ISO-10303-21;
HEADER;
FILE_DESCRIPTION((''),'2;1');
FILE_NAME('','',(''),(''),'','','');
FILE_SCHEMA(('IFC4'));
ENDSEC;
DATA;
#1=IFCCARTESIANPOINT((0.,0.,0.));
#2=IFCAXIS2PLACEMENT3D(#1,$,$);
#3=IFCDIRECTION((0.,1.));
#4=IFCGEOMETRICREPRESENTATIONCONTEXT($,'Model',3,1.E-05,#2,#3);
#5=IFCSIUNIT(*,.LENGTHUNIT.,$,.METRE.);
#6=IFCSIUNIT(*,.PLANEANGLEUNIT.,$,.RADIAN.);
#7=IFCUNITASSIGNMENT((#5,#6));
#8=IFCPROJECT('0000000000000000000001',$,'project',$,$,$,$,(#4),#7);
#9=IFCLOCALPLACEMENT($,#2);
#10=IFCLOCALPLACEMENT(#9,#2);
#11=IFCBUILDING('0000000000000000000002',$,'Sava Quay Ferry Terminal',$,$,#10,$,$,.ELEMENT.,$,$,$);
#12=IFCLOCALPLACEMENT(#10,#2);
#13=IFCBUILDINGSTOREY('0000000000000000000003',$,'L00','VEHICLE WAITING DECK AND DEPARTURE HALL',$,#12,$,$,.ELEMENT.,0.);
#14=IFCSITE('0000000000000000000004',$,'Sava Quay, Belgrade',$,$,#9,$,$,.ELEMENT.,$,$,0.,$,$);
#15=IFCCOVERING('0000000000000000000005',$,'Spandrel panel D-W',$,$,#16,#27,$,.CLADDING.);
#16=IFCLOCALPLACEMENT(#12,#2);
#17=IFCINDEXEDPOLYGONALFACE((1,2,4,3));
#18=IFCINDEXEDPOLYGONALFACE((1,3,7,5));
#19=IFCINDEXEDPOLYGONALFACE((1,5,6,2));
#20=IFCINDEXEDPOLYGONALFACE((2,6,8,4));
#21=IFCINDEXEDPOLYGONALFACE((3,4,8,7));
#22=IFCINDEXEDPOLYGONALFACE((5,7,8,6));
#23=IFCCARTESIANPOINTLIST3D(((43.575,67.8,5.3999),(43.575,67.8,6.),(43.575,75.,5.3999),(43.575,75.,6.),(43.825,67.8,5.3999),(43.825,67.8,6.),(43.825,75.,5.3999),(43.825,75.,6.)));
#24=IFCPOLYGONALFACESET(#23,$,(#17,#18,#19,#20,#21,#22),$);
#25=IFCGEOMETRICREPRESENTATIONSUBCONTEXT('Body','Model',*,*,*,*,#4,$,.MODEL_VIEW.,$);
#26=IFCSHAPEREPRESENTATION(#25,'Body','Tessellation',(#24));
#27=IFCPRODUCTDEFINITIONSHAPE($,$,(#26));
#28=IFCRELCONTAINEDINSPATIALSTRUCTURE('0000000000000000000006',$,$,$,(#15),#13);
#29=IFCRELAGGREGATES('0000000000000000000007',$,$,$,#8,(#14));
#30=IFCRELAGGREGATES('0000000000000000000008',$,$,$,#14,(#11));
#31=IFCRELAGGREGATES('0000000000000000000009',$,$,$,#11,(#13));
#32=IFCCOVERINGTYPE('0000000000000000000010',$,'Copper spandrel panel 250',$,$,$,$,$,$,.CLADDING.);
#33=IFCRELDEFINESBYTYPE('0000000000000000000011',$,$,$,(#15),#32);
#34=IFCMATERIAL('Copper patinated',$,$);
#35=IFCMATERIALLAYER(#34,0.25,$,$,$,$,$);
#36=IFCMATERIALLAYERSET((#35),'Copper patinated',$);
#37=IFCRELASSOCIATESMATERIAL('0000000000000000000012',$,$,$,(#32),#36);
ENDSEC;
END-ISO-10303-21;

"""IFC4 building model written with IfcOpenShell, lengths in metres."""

from ifc_helpers import new_model, si_unit, direction, frame, origin, place, context, subcontext, project, spatial, polyline, outline, extrude, material, layer, layer_set, type_object, element, save


model = new_model("IFC4")

# Units and contexts
model_context = context("Model", 3, precision=1e-05, world=origin(), true_north=direction((0.0, 1.0)))
body_context = subcontext(model_context, "Body", "Model", "MODEL_VIEW")
ifc_project = project(units=[si_unit("LENGTHUNIT", "METRE"), si_unit("PLANEANGLEUNIT", "RADIAN")], contexts=[model_context])

# Site, building, storey
site_placement = place(None, origin())
site = spatial("IfcSite", under=ifc_project, at=site_placement, Name="Sava Quay, Belgrade", CompositionType="ELEMENT", RefElevation=0.0)
building_placement = place(site_placement, origin())
building = spatial("IfcBuilding", under=site, at=building_placement, Name="Sava Quay Ferry Terminal", CompositionType="ELEMENT")
storey_placement = place(building_placement, origin())
storey = spatial("IfcBuildingStorey", under=building, at=storey_placement, Name="L00", Description="VEHICLE WAITING DECK AND DEPARTURE HALL", CompositionType="ELEMENT", Elevation=0.0)

# Covering
ifc_material_1 = material(Name="Copper patinated")
ifc_layer_1 = layer(ifc_material_1, 0.25)
ifc_layer_set_1 = layer_set([ifc_layer_1], Name="Copper patinated")
covering_type = type_object("IfcCoveringType", Name="Copper spandrel panel 250", PredefinedType="CLADDING", material=ifc_layer_set_1)
covering_placement = place(storey_placement, frame((43.7, 67.8, 5.3999), z_axis=(0.0, 0.0, 1.0), x_axis=(0.0, 1.0, 0.0)))
element("IfcCovering", 1, at=covering_placement, inside=storey, type_object=covering_type, Name="Spandrel panel D-W", PredefinedType="CLADDING", context=body_context, shape_type="SweptSolid", body=[
    extrude(outline(polyline([(0.0, 0.0), (7.2, 0.0), (7.2, 0.6001), (0.0, 0.6001), (0.0, 0.0)])), frame((0.0, 0.125, 0.0), z_axis=(0.0, -1.0, 0.0), x_axis=(1.0, 0.0, 0.0)), (0.0, 0.0, 1.0), 0.25),
])

save(model, "model.ifc")
